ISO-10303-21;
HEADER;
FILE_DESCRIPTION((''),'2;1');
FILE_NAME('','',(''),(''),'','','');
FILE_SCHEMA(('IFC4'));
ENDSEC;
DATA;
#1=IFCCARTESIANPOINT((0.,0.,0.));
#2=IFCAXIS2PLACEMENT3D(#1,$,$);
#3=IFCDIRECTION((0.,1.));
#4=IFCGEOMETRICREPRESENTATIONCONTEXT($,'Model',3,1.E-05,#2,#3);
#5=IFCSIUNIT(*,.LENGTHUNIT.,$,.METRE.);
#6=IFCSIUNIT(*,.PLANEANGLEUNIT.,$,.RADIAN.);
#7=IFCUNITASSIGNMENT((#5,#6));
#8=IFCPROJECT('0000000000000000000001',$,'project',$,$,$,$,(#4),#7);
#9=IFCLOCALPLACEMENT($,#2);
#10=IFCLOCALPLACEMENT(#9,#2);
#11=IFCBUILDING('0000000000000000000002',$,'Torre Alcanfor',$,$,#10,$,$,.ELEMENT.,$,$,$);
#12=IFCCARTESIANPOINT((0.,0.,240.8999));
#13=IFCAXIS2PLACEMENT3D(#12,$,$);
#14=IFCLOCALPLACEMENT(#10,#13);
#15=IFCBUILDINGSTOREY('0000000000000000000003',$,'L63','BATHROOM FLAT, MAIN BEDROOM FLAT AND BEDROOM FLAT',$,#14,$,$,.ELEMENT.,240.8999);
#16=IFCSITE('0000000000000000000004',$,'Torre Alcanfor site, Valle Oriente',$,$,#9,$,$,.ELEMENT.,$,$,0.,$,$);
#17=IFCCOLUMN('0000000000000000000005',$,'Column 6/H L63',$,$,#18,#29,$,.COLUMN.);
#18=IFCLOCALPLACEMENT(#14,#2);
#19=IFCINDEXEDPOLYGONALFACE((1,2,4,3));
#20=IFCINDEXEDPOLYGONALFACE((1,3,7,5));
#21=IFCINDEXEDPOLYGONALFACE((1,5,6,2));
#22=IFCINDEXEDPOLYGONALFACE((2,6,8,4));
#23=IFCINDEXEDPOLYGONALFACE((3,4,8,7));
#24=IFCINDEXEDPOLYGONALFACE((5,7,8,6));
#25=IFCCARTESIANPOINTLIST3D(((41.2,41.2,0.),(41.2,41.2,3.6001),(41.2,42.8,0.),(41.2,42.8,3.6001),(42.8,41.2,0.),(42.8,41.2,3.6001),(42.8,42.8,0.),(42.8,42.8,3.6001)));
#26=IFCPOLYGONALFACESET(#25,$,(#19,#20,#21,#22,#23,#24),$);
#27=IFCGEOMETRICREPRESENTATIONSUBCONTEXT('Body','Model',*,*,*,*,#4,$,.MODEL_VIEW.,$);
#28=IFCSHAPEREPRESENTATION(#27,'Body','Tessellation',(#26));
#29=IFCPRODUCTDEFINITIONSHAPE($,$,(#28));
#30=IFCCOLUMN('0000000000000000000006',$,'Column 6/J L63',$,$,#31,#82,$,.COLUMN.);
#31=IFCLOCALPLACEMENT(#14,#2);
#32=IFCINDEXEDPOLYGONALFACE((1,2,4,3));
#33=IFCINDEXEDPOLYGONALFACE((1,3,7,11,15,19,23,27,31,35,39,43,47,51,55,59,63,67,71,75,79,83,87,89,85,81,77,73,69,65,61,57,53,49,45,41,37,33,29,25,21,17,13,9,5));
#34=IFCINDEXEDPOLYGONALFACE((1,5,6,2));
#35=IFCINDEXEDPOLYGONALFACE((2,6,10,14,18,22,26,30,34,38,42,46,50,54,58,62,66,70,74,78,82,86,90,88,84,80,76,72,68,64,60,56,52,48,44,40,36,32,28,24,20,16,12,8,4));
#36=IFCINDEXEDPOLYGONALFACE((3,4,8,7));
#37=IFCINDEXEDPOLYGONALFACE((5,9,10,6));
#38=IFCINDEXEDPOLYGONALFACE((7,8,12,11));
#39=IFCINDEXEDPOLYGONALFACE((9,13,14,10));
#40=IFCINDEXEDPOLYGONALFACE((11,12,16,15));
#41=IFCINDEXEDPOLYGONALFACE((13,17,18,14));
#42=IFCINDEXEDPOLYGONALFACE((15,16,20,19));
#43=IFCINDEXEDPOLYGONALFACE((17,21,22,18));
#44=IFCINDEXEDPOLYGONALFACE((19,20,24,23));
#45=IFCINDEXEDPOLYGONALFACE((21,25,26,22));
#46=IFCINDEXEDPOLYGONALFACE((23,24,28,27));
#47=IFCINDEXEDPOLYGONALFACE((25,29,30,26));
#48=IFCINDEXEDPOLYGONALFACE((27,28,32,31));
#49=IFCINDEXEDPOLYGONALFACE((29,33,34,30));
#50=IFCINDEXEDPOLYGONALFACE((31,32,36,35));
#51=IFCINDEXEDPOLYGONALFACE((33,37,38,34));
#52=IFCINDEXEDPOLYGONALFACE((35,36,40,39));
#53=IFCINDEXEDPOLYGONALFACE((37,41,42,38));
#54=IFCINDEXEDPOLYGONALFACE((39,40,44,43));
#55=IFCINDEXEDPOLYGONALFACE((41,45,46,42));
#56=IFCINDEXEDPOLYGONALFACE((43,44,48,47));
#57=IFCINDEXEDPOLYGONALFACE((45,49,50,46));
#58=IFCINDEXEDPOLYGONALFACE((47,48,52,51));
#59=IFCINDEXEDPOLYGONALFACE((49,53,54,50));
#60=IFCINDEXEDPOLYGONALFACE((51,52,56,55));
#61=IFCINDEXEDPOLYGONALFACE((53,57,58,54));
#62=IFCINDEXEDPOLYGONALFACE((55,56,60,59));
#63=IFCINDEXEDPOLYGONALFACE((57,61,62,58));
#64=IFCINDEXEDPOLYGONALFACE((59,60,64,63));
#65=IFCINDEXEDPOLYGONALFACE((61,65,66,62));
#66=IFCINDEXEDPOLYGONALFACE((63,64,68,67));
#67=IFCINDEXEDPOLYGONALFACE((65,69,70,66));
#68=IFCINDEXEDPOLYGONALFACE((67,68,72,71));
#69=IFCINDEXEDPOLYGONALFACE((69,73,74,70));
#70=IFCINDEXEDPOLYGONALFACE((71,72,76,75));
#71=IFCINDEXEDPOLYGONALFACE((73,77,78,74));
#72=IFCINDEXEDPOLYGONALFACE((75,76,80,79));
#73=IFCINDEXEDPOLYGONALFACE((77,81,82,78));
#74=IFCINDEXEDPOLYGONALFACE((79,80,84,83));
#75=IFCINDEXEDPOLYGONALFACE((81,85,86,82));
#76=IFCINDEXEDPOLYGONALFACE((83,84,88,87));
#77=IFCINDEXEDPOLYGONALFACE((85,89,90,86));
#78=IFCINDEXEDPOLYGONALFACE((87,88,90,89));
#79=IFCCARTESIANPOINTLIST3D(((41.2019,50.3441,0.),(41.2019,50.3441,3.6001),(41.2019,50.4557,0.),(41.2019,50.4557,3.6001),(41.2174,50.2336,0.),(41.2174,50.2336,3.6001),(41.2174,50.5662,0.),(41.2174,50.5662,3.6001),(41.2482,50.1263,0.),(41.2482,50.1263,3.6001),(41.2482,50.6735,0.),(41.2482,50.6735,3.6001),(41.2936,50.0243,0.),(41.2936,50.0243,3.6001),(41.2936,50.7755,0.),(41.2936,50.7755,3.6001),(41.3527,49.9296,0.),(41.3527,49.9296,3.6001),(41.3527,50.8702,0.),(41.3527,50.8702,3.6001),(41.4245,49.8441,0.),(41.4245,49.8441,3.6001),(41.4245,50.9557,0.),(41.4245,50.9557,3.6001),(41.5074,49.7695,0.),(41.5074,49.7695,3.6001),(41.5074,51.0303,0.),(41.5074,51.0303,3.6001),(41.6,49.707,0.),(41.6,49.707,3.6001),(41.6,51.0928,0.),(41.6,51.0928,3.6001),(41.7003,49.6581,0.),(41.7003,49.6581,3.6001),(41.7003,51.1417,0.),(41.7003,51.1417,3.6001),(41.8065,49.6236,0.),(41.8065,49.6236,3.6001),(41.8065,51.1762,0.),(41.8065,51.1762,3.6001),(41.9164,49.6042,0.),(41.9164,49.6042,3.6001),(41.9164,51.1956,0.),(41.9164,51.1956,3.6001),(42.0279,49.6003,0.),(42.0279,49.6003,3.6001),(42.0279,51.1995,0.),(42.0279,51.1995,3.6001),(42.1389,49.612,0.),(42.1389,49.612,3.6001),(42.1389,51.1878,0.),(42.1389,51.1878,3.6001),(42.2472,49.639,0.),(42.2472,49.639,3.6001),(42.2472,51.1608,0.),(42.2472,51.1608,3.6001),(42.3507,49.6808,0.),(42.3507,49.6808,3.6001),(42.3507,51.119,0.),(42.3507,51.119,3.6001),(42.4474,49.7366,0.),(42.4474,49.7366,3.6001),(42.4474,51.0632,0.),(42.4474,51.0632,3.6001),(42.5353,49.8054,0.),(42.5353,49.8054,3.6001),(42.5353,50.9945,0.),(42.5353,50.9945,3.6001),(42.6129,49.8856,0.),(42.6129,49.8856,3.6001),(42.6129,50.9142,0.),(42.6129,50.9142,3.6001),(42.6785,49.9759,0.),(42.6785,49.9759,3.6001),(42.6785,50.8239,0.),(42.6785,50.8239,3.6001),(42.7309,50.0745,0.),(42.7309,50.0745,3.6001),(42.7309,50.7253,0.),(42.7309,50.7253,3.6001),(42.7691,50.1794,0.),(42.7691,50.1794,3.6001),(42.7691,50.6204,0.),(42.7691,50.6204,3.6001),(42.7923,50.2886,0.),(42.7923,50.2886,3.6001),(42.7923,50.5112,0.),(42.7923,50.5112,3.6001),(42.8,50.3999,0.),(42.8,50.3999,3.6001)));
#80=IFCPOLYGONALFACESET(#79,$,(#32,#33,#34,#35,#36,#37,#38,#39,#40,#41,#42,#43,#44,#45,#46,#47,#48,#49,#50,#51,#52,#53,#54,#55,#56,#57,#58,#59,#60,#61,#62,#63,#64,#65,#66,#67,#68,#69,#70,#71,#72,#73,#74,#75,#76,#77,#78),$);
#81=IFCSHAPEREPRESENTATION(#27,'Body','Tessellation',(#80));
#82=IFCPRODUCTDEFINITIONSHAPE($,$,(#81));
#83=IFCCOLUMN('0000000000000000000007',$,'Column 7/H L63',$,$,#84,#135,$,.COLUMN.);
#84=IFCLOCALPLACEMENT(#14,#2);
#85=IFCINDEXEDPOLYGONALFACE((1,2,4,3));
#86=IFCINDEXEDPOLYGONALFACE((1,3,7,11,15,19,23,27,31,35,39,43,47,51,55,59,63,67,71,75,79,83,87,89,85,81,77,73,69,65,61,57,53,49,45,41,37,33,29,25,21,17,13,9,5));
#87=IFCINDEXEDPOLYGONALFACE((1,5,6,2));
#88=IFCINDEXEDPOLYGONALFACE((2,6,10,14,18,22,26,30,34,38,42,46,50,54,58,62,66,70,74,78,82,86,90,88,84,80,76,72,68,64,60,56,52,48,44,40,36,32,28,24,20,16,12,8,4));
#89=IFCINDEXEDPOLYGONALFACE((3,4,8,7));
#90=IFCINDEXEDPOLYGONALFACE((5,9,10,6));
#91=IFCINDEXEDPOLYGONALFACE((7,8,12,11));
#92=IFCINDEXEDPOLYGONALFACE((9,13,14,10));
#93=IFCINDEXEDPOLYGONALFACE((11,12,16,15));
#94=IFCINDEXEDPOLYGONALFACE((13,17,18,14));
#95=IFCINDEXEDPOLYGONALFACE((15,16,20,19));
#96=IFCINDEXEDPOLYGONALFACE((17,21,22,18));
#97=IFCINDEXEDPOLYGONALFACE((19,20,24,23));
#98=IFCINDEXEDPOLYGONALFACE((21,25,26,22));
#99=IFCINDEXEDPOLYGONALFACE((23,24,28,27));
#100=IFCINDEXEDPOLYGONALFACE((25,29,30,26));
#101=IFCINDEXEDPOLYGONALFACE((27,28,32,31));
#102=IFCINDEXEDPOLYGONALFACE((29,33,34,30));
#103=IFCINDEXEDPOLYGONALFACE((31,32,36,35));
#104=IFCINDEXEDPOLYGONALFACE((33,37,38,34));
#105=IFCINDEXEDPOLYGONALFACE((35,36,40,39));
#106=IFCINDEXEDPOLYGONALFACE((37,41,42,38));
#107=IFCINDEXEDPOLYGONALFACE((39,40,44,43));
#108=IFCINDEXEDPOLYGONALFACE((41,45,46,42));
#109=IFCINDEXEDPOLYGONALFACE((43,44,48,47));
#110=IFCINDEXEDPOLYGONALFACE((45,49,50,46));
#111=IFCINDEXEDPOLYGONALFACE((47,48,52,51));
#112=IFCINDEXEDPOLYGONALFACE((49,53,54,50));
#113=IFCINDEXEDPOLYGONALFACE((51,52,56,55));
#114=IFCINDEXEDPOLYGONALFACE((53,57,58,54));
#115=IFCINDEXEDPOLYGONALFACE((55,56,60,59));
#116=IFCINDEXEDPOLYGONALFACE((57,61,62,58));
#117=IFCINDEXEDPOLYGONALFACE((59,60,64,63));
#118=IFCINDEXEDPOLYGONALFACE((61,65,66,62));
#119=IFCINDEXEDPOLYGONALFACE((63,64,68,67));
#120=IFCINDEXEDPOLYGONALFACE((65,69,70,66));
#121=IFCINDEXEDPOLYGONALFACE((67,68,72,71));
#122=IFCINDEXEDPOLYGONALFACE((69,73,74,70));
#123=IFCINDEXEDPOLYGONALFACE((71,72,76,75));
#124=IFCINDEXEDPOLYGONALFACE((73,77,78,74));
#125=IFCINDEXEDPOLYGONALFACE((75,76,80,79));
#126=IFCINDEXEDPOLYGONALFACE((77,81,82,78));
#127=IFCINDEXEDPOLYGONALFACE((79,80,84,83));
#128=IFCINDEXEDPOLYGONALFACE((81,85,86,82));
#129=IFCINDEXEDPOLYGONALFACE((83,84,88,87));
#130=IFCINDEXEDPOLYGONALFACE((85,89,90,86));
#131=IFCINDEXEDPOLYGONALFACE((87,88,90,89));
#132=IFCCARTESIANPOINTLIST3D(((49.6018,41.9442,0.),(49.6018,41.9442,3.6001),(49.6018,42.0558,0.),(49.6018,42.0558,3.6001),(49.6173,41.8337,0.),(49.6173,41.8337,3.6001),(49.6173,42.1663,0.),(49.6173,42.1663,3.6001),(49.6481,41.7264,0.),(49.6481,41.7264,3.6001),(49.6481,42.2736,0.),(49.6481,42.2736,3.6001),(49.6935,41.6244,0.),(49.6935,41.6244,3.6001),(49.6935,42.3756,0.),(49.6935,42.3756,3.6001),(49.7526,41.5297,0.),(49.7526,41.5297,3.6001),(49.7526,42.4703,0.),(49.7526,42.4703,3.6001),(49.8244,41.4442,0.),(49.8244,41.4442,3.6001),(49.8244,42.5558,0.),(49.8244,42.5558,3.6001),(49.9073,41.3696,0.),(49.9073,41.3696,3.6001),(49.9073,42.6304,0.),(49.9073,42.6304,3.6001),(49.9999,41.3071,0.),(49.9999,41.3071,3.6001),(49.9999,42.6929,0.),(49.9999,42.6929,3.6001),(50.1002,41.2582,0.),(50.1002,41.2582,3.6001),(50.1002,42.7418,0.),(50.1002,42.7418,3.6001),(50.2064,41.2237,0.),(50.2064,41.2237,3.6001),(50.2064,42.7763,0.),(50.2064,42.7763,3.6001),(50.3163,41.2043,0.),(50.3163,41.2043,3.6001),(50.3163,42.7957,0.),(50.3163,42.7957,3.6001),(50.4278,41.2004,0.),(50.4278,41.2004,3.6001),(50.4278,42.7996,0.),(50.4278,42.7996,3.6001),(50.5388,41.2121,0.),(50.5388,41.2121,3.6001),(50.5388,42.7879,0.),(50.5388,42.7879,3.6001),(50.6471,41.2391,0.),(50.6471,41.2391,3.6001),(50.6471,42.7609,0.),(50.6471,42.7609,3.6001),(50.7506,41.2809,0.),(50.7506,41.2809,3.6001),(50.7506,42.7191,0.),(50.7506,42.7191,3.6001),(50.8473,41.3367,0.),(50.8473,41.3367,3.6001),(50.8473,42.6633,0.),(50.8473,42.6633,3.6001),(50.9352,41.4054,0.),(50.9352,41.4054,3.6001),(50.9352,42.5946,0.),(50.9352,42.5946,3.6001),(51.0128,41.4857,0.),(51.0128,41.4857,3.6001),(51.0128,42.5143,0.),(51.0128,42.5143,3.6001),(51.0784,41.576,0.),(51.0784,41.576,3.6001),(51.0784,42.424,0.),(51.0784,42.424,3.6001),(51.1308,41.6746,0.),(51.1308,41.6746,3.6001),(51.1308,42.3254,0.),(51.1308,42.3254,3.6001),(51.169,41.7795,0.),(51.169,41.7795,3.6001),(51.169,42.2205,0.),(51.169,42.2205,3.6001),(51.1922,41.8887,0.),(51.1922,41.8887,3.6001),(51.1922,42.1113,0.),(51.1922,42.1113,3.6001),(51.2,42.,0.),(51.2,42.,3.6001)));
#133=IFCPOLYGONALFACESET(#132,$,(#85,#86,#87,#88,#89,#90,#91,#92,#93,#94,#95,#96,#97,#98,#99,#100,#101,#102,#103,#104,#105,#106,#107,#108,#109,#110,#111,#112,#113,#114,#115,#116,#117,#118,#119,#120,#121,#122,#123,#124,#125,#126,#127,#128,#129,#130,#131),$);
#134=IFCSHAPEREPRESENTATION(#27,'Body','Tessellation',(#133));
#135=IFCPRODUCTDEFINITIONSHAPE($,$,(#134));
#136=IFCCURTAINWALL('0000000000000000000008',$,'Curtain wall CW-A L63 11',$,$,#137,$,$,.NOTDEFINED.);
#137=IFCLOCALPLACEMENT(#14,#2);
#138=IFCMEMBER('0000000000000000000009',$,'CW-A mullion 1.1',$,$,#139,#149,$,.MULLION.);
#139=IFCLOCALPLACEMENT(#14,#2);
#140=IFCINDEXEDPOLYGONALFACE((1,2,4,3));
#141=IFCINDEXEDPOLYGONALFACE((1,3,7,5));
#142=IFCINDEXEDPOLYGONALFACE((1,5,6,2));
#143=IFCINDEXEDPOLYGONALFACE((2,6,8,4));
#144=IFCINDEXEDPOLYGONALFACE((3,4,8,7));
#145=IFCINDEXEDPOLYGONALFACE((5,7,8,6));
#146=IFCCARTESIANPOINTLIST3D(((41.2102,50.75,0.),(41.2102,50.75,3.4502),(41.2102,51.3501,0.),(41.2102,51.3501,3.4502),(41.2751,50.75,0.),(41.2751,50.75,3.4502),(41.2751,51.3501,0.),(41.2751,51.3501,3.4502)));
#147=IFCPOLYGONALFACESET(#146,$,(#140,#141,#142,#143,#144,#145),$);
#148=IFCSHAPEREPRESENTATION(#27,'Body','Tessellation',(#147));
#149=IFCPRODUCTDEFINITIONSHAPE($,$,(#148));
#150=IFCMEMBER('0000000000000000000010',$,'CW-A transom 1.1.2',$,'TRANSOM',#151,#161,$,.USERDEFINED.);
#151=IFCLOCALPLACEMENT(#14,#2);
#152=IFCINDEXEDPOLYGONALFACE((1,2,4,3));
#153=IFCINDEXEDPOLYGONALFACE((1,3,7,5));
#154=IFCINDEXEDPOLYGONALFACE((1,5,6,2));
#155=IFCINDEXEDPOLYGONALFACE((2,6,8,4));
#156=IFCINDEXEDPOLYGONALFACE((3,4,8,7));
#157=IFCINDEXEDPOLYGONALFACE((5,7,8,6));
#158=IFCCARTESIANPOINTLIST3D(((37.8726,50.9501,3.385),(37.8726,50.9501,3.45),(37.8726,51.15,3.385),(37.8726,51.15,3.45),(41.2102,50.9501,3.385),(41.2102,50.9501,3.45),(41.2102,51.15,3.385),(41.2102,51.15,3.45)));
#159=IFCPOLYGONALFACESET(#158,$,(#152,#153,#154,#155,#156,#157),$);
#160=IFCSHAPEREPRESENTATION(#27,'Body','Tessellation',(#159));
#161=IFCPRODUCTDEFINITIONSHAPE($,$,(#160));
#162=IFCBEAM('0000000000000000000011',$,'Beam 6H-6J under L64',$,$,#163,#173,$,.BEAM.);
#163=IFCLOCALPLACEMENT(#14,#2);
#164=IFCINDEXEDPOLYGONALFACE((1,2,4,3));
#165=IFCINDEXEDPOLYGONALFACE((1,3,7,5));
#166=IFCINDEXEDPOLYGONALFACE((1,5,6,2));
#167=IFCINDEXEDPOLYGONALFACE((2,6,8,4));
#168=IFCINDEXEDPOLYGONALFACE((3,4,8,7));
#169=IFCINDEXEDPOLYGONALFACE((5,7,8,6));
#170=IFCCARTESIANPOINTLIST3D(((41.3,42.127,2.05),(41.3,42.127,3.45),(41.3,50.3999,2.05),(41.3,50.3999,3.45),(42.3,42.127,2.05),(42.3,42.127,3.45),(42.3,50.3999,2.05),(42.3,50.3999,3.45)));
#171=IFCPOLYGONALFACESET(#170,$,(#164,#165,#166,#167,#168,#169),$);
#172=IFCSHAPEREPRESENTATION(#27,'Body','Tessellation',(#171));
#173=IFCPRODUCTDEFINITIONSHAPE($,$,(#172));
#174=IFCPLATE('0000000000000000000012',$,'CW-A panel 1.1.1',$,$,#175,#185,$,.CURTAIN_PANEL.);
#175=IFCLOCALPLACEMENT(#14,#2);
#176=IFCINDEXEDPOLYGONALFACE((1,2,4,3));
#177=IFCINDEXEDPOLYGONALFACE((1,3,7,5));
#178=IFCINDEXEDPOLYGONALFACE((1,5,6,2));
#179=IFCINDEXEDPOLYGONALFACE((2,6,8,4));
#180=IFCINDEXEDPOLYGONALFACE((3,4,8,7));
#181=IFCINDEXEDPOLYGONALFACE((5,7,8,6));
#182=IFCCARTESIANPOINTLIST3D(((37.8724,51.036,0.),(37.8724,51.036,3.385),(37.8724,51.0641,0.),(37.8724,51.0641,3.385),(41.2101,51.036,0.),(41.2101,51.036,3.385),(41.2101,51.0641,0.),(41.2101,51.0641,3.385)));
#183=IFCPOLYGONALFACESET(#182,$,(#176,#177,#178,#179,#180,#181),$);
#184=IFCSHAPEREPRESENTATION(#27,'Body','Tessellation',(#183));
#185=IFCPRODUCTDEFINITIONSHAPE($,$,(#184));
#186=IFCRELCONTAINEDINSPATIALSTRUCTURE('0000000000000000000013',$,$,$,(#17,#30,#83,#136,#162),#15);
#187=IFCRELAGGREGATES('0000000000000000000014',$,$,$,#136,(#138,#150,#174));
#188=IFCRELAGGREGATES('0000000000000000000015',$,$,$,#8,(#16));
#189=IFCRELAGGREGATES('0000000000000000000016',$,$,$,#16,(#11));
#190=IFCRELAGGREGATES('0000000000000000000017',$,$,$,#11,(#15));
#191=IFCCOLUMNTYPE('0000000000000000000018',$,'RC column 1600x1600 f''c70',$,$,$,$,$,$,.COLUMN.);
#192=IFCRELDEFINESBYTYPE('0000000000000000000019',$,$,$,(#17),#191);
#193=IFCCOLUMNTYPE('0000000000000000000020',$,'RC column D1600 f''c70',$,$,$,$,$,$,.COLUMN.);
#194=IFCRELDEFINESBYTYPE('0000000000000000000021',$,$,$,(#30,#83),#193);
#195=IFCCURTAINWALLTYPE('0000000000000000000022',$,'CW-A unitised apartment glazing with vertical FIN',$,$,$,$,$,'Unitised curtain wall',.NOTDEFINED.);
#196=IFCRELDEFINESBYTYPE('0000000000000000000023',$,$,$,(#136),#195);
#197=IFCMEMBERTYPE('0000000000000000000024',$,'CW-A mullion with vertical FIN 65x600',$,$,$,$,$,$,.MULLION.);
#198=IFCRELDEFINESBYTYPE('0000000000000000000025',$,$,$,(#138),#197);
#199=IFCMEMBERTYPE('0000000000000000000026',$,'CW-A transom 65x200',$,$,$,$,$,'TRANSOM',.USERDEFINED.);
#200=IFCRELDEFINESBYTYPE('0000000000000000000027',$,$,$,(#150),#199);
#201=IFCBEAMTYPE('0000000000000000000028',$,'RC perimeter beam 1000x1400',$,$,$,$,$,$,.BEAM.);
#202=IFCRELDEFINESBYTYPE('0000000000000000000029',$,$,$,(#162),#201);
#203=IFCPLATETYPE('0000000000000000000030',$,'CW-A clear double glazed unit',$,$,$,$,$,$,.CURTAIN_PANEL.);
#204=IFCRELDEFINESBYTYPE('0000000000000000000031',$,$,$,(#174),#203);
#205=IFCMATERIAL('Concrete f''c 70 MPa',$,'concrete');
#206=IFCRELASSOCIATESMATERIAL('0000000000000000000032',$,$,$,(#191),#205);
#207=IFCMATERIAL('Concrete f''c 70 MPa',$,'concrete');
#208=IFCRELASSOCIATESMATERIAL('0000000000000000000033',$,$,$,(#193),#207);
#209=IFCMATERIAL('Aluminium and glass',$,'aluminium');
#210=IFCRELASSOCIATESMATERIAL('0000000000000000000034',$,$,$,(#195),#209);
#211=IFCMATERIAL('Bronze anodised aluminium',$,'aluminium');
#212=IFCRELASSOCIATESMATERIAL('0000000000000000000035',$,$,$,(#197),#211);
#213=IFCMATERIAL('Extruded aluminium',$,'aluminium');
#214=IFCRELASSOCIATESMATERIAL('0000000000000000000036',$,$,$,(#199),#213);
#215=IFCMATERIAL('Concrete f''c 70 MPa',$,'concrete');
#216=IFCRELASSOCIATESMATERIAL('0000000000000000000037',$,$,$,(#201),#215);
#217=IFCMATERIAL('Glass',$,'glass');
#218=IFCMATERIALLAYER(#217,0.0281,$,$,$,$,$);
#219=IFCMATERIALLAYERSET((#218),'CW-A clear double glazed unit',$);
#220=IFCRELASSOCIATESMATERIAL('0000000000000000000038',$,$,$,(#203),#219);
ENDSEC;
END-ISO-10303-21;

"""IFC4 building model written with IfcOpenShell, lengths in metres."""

from ifc_helpers import new_model, si_unit, direction, frame, origin, origin_2d, place, context, subcontext, project, spatial, rectangle, circle, extrude, material, layer, layer_set, material_profile, profile_set, type_object, element, aggregate, save


model = new_model("IFC4")

# Units and contexts
model_context = context("Model", 3, precision=1e-05, world=origin(), true_north=direction((0.0, 1.0)))
body_context = subcontext(model_context, "Body", "Model", "MODEL_VIEW")
ifc_project = project(units=[si_unit("LENGTHUNIT", "METRE"), si_unit("PLANEANGLEUNIT", "RADIAN")], contexts=[model_context])

# Site, building, storey
site_placement = place(None, origin())
site = spatial("IfcSite", under=ifc_project, at=site_placement, Name="Torre Alcanfor site, Valle Oriente", CompositionType="ELEMENT", RefElevation=0.0)
building_placement = place(site_placement, origin())
building = spatial("IfcBuilding", under=site, at=building_placement, Name="Torre Alcanfor", CompositionType="ELEMENT")
storey_placement = place(building_placement, frame((0.0, 0.0, 240.8999)))
storey = spatial("IfcBuildingStorey", under=building, at=storey_placement, Name="L63", Description="BATHROOM FLAT, MAIN BEDROOM FLAT AND BEDROOM FLAT", CompositionType="ELEMENT", Elevation=240.8999)

# Columns
ifc_material_1 = material(Name="Concrete f'c 70 MPa", Category="concrete")
ifc_material_profile_1 = material_profile(ifc_material_1, rectangle(XDim=1.6001, YDim=1.6001, at=origin_2d()), Name="1600x1600")
ifc_profile_set_1 = profile_set([ifc_material_profile_1], Name="Concrete f'c 70 MPa")
column_type_1 = type_object("IfcColumnType", Name="RC column 1600x1600 f'c70", PredefinedType="COLUMN", material=ifc_profile_set_1)
column_placement = place(storey_placement, frame((42.0, 42.0, 0.0), z_axis=(0.0, 0.0, 1.0), x_axis=(1.0, 0.0, 0.0)))
element("IfcColumn", 1, at=column_placement, inside=storey, type_object=column_type_1, Name="Column 6/H L63", PredefinedType="COLUMN", context=body_context, shape_type="SweptSolid", body=[
    extrude(rectangle(XDim=1.6001, YDim=1.6001, at=origin_2d()), origin(), (0.0, 0.0, 1.0), 3.6001),
])
ifc_material_2 = material(Name="Concrete f'c 70 MPa", Category="concrete")
ifc_material_profile_2 = material_profile(ifc_material_2, circle(Radius=0.8, at=origin_2d()), Name="D1600")
ifc_profile_set_2 = profile_set([ifc_material_profile_2], Name="Concrete f'c 70 MPa")
column_type_2 = type_object("IfcColumnType", Name="RC column D1600 f'c70", PredefinedType="COLUMN", material=ifc_profile_set_2)
for number, where, z_axis, x_axis, name in (
    (2, (42.0, 50.3999, 0.0), (0.0, 0.0, 1.0), (1.0, 0.0, 0.0), "Column 6/J L63"),
    (3, (50.3999, 42.0, 0.0), (0.0, 0.0, 1.0), (1.0, 0.0, 0.0), "Column 7/H L63"),
):
    element("IfcColumn", number, at=place(storey_placement, frame(where, z_axis=z_axis, x_axis=x_axis)), inside=storey, type_object=column_type_2, Name=name, PredefinedType="COLUMN", context=body_context, shape_type="SweptSolid", body=[
        extrude(circle(Radius=0.8, at=origin_2d()), origin(), (0.0, 0.0, 1.0), 3.6001),
    ])

# Curtain wall, members
ifc_material_3 = material(Name="Aluminium and glass", Category="aluminium")
curtain_wall_type = type_object("IfcCurtainWallType", Name="CW-A unitised apartment glazing with vertical FIN", ElementType="Unitised curtain wall", PredefinedType="NOTDEFINED", material=ifc_material_3)
curtain_wall_placement = place(storey_placement, origin())
curtain_wall = element("IfcCurtainWall", 4, at=curtain_wall_placement, inside=storey, type_object=curtain_wall_type, Name="Curtain wall CW-A L63 11", PredefinedType="NOTDEFINED")
ifc_material_4 = material(Name="Bronze anodised aluminium", Category="aluminium")
ifc_material_profile_3 = material_profile(ifc_material_4, rectangle(XDim=0.6001, YDim=0.0649, at=origin_2d()), Name="CW-A mullion 65x600")
ifc_profile_set_3 = profile_set([ifc_material_profile_3], Name="Bronze anodised aluminium")
member_type_1 = type_object("IfcMemberType", Name="CW-A mullion with vertical FIN 65x600", PredefinedType="MULLION", material=ifc_profile_set_3)
member_1_placement = place(storey_placement, frame((41.2427, 51.05, 0.0), z_axis=(0.0, 0.0, 1.0), x_axis=(0.0, -1.0, 0.0)))
member_1 = element("IfcMember", 5, at=member_1_placement, type_object=member_type_1, Name="CW-A mullion 1.1", PredefinedType="MULLION", context=body_context, shape_type="SweptSolid", body=[
    extrude(rectangle(XDim=0.6001, YDim=0.0649, at=origin_2d()), origin(), (0.0, 0.0, 1.0), 3.4502),
])
ifc_material_5 = material(Name="Extruded aluminium", Category="aluminium")
ifc_material_profile_4 = material_profile(ifc_material_5, rectangle(XDim=0.2, YDim=0.0649, at=origin_2d()), Name="CW-A transom 200x65")
ifc_profile_set_4 = profile_set([ifc_material_profile_4], Name="Extruded aluminium")
member_type_2 = type_object("IfcMemberType", Name="CW-A transom 65x200", ElementType="TRANSOM", PredefinedType="USERDEFINED", material=ifc_profile_set_4)
member_2_placement = place(storey_placement, frame((41.2102, 51.05, 3.4175), z_axis=(-1.0, 0.0, 0.0), x_axis=(0.0, -1.0, 0.0)))
member_2 = element("IfcMember", 6, at=member_2_placement, type_object=member_type_2, Name="CW-A transom 1.1.2", ObjectType="TRANSOM", PredefinedType="USERDEFINED", context=body_context, shape_type="SweptSolid", body=[
    extrude(rectangle(XDim=0.2, YDim=0.0649, at=origin_2d()), origin(), (0.0, 0.0, 1.0), 3.3376),
])

# Beam
ifc_material_6 = material(Name="Concrete f'c 70 MPa", Category="concrete")
ifc_material_profile_5 = material_profile(ifc_material_6, rectangle(XDim=1.0, YDim=1.3999, at=origin_2d()), Name="1000x1400")
ifc_profile_set_5 = profile_set([ifc_material_profile_5], Name="Concrete f'c 70 MPa")
beam_type = type_object("IfcBeamType", Name="RC perimeter beam 1000x1400", PredefinedType="BEAM", material=ifc_profile_set_5)
beam_placement = place(storey_placement, frame((41.8, 42.127, 2.75), z_axis=(0.0, 1.0, 0.0), x_axis=(-1.0, 0.0, 0.0)))
element("IfcBeam", 7, at=beam_placement, inside=storey, type_object=beam_type, Name="Beam 6H-6J under L64", PredefinedType="BEAM", context=body_context, shape_type="SweptSolid", body=[
    extrude(rectangle(XDim=1.0, YDim=1.3999, at=origin_2d()), origin(), (0.0, 0.0, 1.0), 8.2729),
])

# Plate
ifc_material_7 = material(Name="Glass", Category="glass")
ifc_layer_1 = layer(ifc_material_7, 0.0281)
ifc_layer_set_1 = layer_set([ifc_layer_1], Name="CW-A clear double glazed unit")
plate_type = type_object("IfcPlateType", Name="CW-A clear double glazed unit", PredefinedType="CURTAIN_PANEL", material=ifc_layer_set_1)
plate_placement = place(storey_placement, frame((39.5413, 51.05, 0.0), z_axis=(0.0, 0.0, 1.0), x_axis=(-1.0, 0.0, 0.0)))
plate = element("IfcPlate", 8, at=plate_placement, type_object=plate_type, Name="CW-A panel 1.1.1", PredefinedType="CURTAIN_PANEL", context=body_context, shape_type="SweptSolid", body=[
    extrude(rectangle(XDim=3.3376, YDim=0.0281, at=origin_2d()), origin(), (0.0, 0.0, 1.0), 3.385),
])
aggregate(curtain_wall, [member_1, member_2, plate])

save(model, "model.ifc")
